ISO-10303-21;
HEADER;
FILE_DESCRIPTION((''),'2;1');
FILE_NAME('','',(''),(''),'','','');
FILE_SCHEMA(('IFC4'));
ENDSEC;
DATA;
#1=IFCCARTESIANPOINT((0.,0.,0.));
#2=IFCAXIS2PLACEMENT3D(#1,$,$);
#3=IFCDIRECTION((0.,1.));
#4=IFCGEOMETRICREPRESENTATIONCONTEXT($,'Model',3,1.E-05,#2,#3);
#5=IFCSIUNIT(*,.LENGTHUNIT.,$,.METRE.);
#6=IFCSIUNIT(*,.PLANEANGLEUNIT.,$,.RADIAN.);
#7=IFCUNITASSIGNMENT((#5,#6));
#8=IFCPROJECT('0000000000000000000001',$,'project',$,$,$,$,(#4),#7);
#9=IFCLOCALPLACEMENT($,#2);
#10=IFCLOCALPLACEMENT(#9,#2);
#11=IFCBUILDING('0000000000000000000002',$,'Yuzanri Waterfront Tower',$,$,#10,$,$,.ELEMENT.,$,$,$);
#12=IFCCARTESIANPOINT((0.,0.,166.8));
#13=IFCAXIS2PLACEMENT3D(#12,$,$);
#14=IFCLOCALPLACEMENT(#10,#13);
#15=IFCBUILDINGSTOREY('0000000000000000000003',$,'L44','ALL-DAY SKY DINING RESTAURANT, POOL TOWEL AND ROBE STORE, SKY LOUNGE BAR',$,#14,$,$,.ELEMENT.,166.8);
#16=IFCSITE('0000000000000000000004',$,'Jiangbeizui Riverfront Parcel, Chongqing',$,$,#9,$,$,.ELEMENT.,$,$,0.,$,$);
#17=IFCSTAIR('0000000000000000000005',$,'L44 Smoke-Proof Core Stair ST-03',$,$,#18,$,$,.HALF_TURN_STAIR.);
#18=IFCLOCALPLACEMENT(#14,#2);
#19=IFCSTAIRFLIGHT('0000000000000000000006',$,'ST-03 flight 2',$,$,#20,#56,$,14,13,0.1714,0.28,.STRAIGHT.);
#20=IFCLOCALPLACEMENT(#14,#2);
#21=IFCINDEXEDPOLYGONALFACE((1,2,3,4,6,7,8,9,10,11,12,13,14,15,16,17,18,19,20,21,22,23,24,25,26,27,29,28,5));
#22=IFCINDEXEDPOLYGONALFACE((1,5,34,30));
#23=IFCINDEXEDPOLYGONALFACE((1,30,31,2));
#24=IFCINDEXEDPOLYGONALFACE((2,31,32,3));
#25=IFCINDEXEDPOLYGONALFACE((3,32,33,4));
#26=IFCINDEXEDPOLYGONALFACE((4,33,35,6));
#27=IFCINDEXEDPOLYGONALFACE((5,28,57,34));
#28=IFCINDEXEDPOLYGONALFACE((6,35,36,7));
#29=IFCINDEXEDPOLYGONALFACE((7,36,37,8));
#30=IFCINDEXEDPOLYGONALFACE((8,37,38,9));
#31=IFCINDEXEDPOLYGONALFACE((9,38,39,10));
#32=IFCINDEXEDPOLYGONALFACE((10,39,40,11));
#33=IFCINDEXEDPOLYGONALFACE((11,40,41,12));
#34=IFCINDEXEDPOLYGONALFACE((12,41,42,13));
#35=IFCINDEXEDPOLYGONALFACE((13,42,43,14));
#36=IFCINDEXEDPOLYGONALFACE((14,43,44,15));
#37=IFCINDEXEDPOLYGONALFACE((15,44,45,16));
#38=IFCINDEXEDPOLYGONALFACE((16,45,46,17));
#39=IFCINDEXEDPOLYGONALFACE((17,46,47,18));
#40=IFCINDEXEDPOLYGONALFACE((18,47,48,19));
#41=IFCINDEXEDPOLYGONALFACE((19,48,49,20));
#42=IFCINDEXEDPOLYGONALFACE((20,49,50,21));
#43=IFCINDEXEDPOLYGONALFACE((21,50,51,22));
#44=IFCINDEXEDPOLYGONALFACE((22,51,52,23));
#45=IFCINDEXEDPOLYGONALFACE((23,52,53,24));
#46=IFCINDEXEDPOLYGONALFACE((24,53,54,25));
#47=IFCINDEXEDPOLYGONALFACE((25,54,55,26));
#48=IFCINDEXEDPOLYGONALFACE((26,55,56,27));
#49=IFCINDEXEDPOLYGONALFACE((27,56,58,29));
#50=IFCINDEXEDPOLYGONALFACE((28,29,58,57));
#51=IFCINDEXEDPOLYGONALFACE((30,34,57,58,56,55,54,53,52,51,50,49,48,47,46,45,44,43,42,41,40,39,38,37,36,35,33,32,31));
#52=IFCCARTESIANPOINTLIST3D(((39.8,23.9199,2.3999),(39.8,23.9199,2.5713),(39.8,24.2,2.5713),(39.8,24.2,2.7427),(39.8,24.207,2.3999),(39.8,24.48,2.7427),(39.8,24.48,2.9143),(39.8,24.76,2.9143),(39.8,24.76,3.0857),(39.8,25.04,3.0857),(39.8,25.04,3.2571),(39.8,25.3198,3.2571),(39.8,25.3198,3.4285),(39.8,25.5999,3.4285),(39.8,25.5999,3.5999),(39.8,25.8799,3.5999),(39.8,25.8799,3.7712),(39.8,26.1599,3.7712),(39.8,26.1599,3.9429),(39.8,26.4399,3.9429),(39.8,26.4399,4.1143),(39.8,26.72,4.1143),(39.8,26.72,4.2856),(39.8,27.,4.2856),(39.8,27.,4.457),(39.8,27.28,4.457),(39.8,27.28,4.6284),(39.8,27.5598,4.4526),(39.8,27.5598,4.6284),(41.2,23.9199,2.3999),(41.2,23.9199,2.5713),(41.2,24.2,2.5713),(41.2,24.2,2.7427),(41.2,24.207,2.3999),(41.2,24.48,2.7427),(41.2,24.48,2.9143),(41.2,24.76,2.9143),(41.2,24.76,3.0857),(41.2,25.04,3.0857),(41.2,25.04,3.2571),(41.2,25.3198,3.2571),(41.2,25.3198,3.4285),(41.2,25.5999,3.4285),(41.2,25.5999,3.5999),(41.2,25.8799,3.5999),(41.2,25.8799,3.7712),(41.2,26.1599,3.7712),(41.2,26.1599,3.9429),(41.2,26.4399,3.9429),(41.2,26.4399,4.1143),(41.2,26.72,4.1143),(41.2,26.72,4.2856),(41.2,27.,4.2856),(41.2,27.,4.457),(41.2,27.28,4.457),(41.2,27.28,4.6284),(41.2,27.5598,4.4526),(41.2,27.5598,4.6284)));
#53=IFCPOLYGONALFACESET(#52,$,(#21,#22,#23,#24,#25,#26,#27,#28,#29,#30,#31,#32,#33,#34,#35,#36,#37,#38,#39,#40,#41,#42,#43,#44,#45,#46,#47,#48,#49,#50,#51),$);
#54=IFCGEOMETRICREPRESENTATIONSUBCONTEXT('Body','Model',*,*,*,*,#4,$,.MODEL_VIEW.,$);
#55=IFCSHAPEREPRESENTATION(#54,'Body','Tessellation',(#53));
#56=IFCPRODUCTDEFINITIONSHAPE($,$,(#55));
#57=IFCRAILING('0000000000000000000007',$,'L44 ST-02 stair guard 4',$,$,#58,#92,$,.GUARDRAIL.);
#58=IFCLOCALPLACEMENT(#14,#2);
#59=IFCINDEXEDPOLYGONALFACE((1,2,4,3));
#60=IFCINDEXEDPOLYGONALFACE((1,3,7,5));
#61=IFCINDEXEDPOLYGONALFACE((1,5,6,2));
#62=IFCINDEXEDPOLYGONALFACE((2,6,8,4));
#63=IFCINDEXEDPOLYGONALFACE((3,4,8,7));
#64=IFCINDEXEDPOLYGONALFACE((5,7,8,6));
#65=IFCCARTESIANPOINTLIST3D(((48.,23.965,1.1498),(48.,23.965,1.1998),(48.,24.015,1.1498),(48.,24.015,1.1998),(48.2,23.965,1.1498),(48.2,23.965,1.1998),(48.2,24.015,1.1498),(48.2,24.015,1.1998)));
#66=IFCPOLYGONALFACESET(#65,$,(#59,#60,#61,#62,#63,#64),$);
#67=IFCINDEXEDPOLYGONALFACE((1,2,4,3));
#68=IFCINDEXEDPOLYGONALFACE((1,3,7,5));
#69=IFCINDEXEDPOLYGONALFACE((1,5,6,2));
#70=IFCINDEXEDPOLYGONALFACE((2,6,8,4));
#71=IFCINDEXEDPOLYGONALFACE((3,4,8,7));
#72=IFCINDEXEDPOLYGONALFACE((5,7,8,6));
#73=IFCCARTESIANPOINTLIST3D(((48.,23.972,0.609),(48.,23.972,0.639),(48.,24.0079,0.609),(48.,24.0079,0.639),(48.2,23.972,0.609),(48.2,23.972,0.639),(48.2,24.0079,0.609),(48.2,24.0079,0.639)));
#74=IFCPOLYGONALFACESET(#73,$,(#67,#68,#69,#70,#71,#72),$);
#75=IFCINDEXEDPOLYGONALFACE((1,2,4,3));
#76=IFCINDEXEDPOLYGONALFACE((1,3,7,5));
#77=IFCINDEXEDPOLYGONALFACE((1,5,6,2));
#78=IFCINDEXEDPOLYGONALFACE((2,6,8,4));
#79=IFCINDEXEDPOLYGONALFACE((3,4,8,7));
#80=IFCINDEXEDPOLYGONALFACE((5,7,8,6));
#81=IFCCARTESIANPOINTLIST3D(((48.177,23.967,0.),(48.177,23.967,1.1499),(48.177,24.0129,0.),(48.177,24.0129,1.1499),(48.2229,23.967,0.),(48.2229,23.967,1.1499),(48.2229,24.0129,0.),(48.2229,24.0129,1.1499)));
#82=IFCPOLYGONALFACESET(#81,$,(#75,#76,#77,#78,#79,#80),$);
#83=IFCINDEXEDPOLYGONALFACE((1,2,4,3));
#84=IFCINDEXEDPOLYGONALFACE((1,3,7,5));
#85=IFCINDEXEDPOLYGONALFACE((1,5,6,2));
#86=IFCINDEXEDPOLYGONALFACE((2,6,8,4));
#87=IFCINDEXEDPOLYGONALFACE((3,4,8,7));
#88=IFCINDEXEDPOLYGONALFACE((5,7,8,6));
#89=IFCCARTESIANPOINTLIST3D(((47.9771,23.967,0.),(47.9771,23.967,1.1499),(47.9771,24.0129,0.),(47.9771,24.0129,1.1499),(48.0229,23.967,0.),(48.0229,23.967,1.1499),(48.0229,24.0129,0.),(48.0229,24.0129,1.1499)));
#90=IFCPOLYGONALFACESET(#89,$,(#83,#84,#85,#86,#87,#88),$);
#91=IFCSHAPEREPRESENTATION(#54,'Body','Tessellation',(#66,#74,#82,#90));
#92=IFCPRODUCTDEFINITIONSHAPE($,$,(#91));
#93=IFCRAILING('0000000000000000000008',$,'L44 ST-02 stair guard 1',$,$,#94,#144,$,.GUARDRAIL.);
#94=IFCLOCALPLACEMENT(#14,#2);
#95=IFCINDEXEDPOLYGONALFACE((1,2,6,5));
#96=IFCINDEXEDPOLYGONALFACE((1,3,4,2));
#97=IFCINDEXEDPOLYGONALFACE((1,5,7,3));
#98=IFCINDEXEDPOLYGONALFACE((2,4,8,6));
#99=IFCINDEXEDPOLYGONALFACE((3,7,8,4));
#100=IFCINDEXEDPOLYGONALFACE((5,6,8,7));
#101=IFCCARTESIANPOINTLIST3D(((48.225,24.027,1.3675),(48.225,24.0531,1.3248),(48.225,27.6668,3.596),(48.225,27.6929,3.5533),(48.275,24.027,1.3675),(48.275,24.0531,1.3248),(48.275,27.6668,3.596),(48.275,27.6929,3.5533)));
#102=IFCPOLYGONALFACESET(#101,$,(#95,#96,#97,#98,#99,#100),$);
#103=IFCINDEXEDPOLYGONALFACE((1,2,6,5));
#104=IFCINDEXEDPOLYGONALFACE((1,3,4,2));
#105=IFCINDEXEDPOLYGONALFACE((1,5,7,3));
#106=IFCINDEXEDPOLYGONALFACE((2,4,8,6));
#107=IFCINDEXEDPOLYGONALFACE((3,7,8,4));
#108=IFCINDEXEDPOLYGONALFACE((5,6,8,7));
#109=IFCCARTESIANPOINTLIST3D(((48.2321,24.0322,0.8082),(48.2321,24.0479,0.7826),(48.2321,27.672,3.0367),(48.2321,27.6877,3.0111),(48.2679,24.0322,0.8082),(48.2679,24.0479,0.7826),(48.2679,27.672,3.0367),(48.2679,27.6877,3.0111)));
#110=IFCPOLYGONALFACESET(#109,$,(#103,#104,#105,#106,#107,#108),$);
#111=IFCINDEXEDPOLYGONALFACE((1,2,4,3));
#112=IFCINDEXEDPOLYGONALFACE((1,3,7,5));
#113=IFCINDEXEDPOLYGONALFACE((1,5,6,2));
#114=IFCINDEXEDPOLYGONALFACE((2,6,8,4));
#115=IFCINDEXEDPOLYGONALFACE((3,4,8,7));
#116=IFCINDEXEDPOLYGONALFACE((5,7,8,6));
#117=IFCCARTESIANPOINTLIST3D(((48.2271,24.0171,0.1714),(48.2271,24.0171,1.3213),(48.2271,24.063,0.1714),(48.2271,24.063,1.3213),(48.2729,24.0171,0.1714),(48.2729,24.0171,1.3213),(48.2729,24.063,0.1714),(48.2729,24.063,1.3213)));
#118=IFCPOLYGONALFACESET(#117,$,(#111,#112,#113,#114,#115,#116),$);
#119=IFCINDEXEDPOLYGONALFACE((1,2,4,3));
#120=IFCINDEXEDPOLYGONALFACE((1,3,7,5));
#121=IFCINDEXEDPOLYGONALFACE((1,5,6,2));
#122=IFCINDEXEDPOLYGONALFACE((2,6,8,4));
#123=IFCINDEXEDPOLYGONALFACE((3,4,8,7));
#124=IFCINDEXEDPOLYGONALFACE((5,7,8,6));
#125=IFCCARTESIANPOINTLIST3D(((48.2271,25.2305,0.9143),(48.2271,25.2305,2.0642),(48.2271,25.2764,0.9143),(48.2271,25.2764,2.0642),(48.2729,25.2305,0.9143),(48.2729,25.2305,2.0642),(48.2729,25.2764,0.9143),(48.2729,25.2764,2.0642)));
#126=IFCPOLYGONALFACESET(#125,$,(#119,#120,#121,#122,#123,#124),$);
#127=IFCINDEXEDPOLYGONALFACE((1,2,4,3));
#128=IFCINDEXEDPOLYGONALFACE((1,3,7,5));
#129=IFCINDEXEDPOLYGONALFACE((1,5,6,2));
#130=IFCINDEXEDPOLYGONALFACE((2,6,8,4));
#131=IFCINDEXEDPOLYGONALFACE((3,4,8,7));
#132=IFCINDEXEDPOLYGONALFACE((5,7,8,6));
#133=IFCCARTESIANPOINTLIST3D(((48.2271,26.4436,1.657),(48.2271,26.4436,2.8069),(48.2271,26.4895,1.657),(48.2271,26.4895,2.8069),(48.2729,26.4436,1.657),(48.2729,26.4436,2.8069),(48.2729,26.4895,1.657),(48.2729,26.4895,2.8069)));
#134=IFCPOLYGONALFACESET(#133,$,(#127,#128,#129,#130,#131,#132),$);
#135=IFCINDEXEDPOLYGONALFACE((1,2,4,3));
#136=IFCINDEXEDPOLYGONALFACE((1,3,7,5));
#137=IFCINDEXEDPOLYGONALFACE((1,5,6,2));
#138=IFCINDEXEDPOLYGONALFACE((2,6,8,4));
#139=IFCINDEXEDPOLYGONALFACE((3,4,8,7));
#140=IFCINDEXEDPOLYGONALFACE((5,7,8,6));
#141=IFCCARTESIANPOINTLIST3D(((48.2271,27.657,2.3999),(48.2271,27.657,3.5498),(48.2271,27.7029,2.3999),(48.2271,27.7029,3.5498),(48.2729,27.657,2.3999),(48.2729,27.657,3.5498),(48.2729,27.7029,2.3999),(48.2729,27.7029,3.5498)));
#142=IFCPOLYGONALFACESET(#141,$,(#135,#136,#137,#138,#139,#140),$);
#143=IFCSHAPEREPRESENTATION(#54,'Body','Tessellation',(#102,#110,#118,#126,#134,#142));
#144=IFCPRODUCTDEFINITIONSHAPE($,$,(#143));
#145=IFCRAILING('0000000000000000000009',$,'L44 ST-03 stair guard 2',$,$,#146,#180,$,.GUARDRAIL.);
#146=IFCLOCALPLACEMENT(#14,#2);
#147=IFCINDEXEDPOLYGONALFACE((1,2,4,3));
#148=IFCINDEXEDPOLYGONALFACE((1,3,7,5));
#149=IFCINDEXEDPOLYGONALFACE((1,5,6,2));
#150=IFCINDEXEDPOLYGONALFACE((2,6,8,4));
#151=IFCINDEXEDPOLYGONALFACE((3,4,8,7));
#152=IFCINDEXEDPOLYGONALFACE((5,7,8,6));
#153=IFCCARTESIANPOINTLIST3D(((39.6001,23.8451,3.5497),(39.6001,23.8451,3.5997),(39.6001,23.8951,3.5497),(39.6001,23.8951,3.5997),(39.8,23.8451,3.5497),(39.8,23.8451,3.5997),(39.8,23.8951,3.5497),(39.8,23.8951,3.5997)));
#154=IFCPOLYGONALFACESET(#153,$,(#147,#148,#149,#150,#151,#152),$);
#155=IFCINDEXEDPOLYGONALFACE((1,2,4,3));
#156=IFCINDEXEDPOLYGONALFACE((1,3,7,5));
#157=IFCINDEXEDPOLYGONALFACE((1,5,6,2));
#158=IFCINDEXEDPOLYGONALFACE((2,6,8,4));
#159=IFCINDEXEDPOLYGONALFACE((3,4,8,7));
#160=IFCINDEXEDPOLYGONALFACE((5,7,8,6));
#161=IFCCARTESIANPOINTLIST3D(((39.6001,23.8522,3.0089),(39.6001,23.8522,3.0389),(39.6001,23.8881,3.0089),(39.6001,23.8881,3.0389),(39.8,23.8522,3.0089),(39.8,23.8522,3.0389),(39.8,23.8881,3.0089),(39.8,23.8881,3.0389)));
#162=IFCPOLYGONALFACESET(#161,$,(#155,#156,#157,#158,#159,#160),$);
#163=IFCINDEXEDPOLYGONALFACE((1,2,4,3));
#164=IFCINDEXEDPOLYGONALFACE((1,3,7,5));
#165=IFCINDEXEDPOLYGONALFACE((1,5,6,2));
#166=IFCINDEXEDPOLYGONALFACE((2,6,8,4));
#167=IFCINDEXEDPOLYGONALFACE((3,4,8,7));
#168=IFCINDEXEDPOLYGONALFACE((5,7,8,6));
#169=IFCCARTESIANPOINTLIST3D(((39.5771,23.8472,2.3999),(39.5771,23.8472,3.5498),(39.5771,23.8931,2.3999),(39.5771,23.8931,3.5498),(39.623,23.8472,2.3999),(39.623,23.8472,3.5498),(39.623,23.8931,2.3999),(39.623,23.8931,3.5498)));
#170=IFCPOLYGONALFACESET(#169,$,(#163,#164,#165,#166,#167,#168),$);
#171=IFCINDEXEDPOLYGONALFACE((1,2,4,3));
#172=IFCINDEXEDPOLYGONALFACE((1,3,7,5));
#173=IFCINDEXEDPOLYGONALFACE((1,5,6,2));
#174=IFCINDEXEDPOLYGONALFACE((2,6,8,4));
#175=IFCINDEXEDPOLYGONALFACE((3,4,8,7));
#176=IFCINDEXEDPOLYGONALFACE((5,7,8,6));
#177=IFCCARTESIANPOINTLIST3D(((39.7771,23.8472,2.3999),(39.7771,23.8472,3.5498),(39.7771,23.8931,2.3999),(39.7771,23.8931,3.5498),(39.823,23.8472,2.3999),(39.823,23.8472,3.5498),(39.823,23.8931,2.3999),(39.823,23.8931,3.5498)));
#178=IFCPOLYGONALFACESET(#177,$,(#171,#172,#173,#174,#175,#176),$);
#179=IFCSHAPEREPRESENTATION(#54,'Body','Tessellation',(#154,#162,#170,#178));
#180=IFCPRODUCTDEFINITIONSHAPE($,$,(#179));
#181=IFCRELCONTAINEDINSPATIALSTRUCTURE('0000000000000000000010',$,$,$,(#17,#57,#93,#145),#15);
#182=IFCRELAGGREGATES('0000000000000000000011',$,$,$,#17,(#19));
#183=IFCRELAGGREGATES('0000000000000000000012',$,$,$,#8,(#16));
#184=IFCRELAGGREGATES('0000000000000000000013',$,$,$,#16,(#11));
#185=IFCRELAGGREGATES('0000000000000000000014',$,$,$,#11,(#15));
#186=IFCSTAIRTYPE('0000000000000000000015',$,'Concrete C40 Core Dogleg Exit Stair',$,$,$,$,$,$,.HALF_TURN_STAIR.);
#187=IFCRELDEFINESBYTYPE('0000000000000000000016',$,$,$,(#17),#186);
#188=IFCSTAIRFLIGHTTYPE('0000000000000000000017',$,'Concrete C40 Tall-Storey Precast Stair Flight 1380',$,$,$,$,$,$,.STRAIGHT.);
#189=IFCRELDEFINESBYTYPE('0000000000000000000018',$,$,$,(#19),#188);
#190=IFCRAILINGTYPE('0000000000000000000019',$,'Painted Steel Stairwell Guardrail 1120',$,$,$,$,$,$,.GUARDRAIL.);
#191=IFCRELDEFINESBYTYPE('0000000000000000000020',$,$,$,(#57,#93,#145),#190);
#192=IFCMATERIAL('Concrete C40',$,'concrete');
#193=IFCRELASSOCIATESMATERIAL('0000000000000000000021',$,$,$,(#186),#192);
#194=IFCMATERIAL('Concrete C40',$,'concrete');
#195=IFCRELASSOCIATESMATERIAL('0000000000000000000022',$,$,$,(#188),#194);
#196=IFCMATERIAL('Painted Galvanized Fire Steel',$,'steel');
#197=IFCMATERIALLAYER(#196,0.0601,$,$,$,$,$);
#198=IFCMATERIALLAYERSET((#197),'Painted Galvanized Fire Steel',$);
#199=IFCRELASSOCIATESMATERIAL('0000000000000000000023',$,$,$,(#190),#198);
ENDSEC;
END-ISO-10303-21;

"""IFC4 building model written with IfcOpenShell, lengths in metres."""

from ifc_helpers import new_model, si_unit, direction, frame, origin, origin_2d, place, context, subcontext, project, spatial, polyline, rectangle, outline, extrude, source, transform, mapped, material, layer, layer_set, type_object, element, aggregate, save


model = new_model("IFC4")

# Units and contexts
model_context = context("Model", 3, precision=1e-05, world=origin(), true_north=direction((0.0, 1.0)))
body_context = subcontext(model_context, "Body", "Model", "MODEL_VIEW")
ifc_project = project(units=[si_unit("LENGTHUNIT", "METRE"), si_unit("PLANEANGLEUNIT", "RADIAN")], contexts=[model_context])

# Site, building, storey
site_placement = place(None, origin())
site = spatial("IfcSite", under=ifc_project, at=site_placement, Name="Jiangbeizui Riverfront Parcel, Chongqing", CompositionType="ELEMENT", RefElevation=0.0)
building_placement = place(site_placement, origin())
building = spatial("IfcBuilding", under=site, at=building_placement, Name="Yuzanri Waterfront Tower", CompositionType="ELEMENT")
storey_placement = place(building_placement, frame((0.0, 0.0, 166.8)))
storey = spatial("IfcBuildingStorey", under=building, at=storey_placement, Name="L44", Description="ALL-DAY SKY DINING RESTAURANT, POOL TOWEL AND ROBE STORE, SKY LOUNGE BAR", CompositionType="ELEMENT", Elevation=166.8)

# Stair, stair flight
ifc_material_1 = material(Name="Concrete C40", Category="concrete")
stair_type = type_object("IfcStairType", Name="Concrete C40 Core Dogleg Exit Stair", PredefinedType="HALF_TURN_STAIR", material=ifc_material_1)
stair_placement = place(storey_placement, origin())
stair = element("IfcStair", 1, at=stair_placement, inside=storey, type_object=stair_type, Name="L44 Smoke-Proof Core Stair ST-03", PredefinedType="HALF_TURN_STAIR")
ifc_material_2 = material(Name="Concrete C40", Category="concrete")
stair_flight_type = type_object("IfcStairFlightType", Name="Concrete C40 Tall-Storey Precast Stair Flight 1380", PredefinedType="STRAIGHT", material=ifc_material_2)
shared_shape_1 = source(origin(), body_context, "Body", "SweptSolid", [
    extrude(outline(polyline([(0.0, 0.0), (0.0, 0.1714), (0.28, 0.1714), (0.28, 0.3428), (0.5601, 0.3428), (0.5601, 0.5144), (0.8401, 0.5144), (0.8401, 0.6858), (1.1201, 0.6858), (1.1201, 0.8572), (1.3999, 0.8572), (1.3999, 1.0286), (1.6799, 1.0286), (1.6799, 1.2), (1.96, 1.2), (1.96, 1.3713), (2.24, 1.3713), (2.24, 1.543), (2.52, 1.543), (2.52, 1.7144), (2.8, 1.7144), (2.8, 1.8857), (3.0801, 1.8857), (3.0801, 2.0571), (3.3601, 2.0571), (3.3601, 2.2285), (3.6399, 2.2285), (3.6399, 2.3999), (3.6399, 2.0527), (0.2871, 0.0), (0.0, 0.0)])), frame((0.0, 0.7, 0.0), z_axis=(0.0, -1.0, 0.0), x_axis=(1.0, 0.0, 0.0)), (0.0, 0.0, 1.0), 1.3999),
])
stair_flight_placement = place(storey_placement, frame((40.5, 23.9199, 2.3999), z_axis=(0.0, 0.0, 1.0), x_axis=(0.0, 1.0, 0.0)))
stair_flight = element("IfcStairFlight", 2, at=stair_flight_placement, type_object=stair_flight_type, Name="ST-03 flight 2", NumberOfRisers=14, NumberOfTreads=13, PredefinedType="STRAIGHT", RiserHeight=0.1714, TreadLength=0.28, context=body_context, shape_type="MappedRepresentation", body=[
    mapped(shared_shape_1, transform((0.0, 0.0, 0.0), scale=1.0)),
])
aggregate(stair, [stair_flight])

# Railings
ifc_material_3 = material(Name="Painted Galvanized Fire Steel", Category="steel")
ifc_layer_1 = layer(ifc_material_3, 0.0601)
ifc_layer_set_1 = layer_set([ifc_layer_1], Name="Painted Galvanized Fire Steel")
railing_type_1 = type_object("IfcRailingType", Name="Painted Steel Stairwell Guardrail 1120", PredefinedType="GUARDRAIL", material=ifc_layer_set_1)
shared_shape_2 = source(origin(), body_context, "Body", "SweptSolid", [
    extrude(rectangle(XDim=0.05, YDim=0.05, at=origin_2d()), frame((0.0, 0.0, 1.1748), z_axis=(-1.0, 0.0, 0.0), x_axis=(0.0, -1.0, 0.0)), (0.0, 0.0, 1.0), 0.2),
    extrude(rectangle(XDim=0.0359, YDim=0.03, at=origin_2d()), frame((0.0, 0.0, 0.624), z_axis=(-1.0, 0.0, 0.0), x_axis=(0.0, -1.0, 0.0)), (0.0, 0.0, 1.0), 0.2),
    extrude(rectangle(XDim=0.0459, YDim=0.0459, at=origin_2d()), origin(), (0.0, 0.0, 1.0), 1.1499),
    extrude(rectangle(XDim=0.0459, YDim=0.0459, at=origin_2d()), frame((-0.2, 0.0, 0.0)), (0.0, 0.0, 1.0), 1.1499),
])
railing_1_placement = place(storey_placement, frame((48.2, 23.99, 0.0)))
element("IfcRailing", 3, at=railing_1_placement, inside=storey, type_object=railing_type_1, Name="L44 ST-02 stair guard 4", PredefinedType="GUARDRAIL", context=body_context, shape_type="MappedRepresentation", body=[
    mapped(shared_shape_2, transform((0.0, 0.0, 0.0), scale=1.0)),
])
shared_shape_3 = source(origin(), body_context, "Body", "SweptSolid", [
    extrude(rectangle(XDim=0.05, YDim=0.05, at=origin_2d()), frame((0.0, 0.0, 1.1748), z_axis=(0.0, 0.85285, 0.522156), x_axis=(-1.0, 0.0, 0.0)), (0.0, 0.0, 1.0), 4.2678),
    extrude(rectangle(XDim=0.0359, YDim=0.03, at=origin_2d()), frame((0.0, 0.0, 0.624), z_axis=(0.0, 0.85285, 0.522156), x_axis=(-1.0, 0.0, 0.0)), (0.0, 0.0, 1.0), 4.2678),
    extrude(rectangle(XDim=0.0459, YDim=0.0459, at=origin_2d()), origin(), (0.0, 0.0, 1.0), 1.1499),
    extrude(rectangle(XDim=0.0459, YDim=0.0459, at=origin_2d()), frame((0.0, 1.2134, 0.7429)), (0.0, 0.0, 1.0), 1.1499),
    extrude(rectangle(XDim=0.0459, YDim=0.0459, at=origin_2d()), frame((0.0, 2.4265, 1.4856)), (0.0, 0.0, 1.0), 1.1499),
    extrude(rectangle(XDim=0.0459, YDim=0.0459, at=origin_2d()), frame((0.0, 3.6399, 2.2285)), (0.0, 0.0, 1.0), 1.1499),
])
railing_2_placement = place(storey_placement, frame((48.25, 24.04, 0.1714)))
element("IfcRailing", 4, at=railing_2_placement, inside=storey, type_object=railing_type_1, Name="L44 ST-02 stair guard 1", PredefinedType="GUARDRAIL", context=body_context, shape_type="MappedRepresentation", body=[
    mapped(shared_shape_3, transform((0.0, 0.0, 0.0), scale=1.0)),
])
shared_shape_4 = source(origin(), body_context, "Body", "SweptSolid", [
    extrude(rectangle(XDim=0.05, YDim=0.05, at=origin_2d()), frame((0.0, 0.0, 1.1748), z_axis=(1.0, 0.0, 0.0), x_axis=(0.0, 1.0, 0.0)), (0.0, 0.0, 1.0), 0.2),
    extrude(rectangle(XDim=0.0359, YDim=0.03, at=origin_2d()), frame((0.0, 0.0, 0.624), z_axis=(1.0, 0.0, 0.0), x_axis=(0.0, 1.0, 0.0)), (0.0, 0.0, 1.0), 0.2),
    extrude(rectangle(XDim=0.0459, YDim=0.0459, at=origin_2d()), origin(), (0.0, 0.0, 1.0), 1.1499),
    extrude(rectangle(XDim=0.0459, YDim=0.0459, at=origin_2d()), frame((0.2, 0.0, 0.0)), (0.0, 0.0, 1.0), 1.1499),
])
railing_3_placement = place(storey_placement, frame((39.6001, 23.8701, 2.3999)))
element("IfcRailing", 5, at=railing_3_placement, inside=storey, type_object=railing_type_1, Name="L44 ST-03 stair guard 2", PredefinedType="GUARDRAIL", context=body_context, shape_type="MappedRepresentation", body=[
    mapped(shared_shape_4, transform((0.0, 0.0, 0.0), scale=1.0)),
])

save(model, "model.ifc")
